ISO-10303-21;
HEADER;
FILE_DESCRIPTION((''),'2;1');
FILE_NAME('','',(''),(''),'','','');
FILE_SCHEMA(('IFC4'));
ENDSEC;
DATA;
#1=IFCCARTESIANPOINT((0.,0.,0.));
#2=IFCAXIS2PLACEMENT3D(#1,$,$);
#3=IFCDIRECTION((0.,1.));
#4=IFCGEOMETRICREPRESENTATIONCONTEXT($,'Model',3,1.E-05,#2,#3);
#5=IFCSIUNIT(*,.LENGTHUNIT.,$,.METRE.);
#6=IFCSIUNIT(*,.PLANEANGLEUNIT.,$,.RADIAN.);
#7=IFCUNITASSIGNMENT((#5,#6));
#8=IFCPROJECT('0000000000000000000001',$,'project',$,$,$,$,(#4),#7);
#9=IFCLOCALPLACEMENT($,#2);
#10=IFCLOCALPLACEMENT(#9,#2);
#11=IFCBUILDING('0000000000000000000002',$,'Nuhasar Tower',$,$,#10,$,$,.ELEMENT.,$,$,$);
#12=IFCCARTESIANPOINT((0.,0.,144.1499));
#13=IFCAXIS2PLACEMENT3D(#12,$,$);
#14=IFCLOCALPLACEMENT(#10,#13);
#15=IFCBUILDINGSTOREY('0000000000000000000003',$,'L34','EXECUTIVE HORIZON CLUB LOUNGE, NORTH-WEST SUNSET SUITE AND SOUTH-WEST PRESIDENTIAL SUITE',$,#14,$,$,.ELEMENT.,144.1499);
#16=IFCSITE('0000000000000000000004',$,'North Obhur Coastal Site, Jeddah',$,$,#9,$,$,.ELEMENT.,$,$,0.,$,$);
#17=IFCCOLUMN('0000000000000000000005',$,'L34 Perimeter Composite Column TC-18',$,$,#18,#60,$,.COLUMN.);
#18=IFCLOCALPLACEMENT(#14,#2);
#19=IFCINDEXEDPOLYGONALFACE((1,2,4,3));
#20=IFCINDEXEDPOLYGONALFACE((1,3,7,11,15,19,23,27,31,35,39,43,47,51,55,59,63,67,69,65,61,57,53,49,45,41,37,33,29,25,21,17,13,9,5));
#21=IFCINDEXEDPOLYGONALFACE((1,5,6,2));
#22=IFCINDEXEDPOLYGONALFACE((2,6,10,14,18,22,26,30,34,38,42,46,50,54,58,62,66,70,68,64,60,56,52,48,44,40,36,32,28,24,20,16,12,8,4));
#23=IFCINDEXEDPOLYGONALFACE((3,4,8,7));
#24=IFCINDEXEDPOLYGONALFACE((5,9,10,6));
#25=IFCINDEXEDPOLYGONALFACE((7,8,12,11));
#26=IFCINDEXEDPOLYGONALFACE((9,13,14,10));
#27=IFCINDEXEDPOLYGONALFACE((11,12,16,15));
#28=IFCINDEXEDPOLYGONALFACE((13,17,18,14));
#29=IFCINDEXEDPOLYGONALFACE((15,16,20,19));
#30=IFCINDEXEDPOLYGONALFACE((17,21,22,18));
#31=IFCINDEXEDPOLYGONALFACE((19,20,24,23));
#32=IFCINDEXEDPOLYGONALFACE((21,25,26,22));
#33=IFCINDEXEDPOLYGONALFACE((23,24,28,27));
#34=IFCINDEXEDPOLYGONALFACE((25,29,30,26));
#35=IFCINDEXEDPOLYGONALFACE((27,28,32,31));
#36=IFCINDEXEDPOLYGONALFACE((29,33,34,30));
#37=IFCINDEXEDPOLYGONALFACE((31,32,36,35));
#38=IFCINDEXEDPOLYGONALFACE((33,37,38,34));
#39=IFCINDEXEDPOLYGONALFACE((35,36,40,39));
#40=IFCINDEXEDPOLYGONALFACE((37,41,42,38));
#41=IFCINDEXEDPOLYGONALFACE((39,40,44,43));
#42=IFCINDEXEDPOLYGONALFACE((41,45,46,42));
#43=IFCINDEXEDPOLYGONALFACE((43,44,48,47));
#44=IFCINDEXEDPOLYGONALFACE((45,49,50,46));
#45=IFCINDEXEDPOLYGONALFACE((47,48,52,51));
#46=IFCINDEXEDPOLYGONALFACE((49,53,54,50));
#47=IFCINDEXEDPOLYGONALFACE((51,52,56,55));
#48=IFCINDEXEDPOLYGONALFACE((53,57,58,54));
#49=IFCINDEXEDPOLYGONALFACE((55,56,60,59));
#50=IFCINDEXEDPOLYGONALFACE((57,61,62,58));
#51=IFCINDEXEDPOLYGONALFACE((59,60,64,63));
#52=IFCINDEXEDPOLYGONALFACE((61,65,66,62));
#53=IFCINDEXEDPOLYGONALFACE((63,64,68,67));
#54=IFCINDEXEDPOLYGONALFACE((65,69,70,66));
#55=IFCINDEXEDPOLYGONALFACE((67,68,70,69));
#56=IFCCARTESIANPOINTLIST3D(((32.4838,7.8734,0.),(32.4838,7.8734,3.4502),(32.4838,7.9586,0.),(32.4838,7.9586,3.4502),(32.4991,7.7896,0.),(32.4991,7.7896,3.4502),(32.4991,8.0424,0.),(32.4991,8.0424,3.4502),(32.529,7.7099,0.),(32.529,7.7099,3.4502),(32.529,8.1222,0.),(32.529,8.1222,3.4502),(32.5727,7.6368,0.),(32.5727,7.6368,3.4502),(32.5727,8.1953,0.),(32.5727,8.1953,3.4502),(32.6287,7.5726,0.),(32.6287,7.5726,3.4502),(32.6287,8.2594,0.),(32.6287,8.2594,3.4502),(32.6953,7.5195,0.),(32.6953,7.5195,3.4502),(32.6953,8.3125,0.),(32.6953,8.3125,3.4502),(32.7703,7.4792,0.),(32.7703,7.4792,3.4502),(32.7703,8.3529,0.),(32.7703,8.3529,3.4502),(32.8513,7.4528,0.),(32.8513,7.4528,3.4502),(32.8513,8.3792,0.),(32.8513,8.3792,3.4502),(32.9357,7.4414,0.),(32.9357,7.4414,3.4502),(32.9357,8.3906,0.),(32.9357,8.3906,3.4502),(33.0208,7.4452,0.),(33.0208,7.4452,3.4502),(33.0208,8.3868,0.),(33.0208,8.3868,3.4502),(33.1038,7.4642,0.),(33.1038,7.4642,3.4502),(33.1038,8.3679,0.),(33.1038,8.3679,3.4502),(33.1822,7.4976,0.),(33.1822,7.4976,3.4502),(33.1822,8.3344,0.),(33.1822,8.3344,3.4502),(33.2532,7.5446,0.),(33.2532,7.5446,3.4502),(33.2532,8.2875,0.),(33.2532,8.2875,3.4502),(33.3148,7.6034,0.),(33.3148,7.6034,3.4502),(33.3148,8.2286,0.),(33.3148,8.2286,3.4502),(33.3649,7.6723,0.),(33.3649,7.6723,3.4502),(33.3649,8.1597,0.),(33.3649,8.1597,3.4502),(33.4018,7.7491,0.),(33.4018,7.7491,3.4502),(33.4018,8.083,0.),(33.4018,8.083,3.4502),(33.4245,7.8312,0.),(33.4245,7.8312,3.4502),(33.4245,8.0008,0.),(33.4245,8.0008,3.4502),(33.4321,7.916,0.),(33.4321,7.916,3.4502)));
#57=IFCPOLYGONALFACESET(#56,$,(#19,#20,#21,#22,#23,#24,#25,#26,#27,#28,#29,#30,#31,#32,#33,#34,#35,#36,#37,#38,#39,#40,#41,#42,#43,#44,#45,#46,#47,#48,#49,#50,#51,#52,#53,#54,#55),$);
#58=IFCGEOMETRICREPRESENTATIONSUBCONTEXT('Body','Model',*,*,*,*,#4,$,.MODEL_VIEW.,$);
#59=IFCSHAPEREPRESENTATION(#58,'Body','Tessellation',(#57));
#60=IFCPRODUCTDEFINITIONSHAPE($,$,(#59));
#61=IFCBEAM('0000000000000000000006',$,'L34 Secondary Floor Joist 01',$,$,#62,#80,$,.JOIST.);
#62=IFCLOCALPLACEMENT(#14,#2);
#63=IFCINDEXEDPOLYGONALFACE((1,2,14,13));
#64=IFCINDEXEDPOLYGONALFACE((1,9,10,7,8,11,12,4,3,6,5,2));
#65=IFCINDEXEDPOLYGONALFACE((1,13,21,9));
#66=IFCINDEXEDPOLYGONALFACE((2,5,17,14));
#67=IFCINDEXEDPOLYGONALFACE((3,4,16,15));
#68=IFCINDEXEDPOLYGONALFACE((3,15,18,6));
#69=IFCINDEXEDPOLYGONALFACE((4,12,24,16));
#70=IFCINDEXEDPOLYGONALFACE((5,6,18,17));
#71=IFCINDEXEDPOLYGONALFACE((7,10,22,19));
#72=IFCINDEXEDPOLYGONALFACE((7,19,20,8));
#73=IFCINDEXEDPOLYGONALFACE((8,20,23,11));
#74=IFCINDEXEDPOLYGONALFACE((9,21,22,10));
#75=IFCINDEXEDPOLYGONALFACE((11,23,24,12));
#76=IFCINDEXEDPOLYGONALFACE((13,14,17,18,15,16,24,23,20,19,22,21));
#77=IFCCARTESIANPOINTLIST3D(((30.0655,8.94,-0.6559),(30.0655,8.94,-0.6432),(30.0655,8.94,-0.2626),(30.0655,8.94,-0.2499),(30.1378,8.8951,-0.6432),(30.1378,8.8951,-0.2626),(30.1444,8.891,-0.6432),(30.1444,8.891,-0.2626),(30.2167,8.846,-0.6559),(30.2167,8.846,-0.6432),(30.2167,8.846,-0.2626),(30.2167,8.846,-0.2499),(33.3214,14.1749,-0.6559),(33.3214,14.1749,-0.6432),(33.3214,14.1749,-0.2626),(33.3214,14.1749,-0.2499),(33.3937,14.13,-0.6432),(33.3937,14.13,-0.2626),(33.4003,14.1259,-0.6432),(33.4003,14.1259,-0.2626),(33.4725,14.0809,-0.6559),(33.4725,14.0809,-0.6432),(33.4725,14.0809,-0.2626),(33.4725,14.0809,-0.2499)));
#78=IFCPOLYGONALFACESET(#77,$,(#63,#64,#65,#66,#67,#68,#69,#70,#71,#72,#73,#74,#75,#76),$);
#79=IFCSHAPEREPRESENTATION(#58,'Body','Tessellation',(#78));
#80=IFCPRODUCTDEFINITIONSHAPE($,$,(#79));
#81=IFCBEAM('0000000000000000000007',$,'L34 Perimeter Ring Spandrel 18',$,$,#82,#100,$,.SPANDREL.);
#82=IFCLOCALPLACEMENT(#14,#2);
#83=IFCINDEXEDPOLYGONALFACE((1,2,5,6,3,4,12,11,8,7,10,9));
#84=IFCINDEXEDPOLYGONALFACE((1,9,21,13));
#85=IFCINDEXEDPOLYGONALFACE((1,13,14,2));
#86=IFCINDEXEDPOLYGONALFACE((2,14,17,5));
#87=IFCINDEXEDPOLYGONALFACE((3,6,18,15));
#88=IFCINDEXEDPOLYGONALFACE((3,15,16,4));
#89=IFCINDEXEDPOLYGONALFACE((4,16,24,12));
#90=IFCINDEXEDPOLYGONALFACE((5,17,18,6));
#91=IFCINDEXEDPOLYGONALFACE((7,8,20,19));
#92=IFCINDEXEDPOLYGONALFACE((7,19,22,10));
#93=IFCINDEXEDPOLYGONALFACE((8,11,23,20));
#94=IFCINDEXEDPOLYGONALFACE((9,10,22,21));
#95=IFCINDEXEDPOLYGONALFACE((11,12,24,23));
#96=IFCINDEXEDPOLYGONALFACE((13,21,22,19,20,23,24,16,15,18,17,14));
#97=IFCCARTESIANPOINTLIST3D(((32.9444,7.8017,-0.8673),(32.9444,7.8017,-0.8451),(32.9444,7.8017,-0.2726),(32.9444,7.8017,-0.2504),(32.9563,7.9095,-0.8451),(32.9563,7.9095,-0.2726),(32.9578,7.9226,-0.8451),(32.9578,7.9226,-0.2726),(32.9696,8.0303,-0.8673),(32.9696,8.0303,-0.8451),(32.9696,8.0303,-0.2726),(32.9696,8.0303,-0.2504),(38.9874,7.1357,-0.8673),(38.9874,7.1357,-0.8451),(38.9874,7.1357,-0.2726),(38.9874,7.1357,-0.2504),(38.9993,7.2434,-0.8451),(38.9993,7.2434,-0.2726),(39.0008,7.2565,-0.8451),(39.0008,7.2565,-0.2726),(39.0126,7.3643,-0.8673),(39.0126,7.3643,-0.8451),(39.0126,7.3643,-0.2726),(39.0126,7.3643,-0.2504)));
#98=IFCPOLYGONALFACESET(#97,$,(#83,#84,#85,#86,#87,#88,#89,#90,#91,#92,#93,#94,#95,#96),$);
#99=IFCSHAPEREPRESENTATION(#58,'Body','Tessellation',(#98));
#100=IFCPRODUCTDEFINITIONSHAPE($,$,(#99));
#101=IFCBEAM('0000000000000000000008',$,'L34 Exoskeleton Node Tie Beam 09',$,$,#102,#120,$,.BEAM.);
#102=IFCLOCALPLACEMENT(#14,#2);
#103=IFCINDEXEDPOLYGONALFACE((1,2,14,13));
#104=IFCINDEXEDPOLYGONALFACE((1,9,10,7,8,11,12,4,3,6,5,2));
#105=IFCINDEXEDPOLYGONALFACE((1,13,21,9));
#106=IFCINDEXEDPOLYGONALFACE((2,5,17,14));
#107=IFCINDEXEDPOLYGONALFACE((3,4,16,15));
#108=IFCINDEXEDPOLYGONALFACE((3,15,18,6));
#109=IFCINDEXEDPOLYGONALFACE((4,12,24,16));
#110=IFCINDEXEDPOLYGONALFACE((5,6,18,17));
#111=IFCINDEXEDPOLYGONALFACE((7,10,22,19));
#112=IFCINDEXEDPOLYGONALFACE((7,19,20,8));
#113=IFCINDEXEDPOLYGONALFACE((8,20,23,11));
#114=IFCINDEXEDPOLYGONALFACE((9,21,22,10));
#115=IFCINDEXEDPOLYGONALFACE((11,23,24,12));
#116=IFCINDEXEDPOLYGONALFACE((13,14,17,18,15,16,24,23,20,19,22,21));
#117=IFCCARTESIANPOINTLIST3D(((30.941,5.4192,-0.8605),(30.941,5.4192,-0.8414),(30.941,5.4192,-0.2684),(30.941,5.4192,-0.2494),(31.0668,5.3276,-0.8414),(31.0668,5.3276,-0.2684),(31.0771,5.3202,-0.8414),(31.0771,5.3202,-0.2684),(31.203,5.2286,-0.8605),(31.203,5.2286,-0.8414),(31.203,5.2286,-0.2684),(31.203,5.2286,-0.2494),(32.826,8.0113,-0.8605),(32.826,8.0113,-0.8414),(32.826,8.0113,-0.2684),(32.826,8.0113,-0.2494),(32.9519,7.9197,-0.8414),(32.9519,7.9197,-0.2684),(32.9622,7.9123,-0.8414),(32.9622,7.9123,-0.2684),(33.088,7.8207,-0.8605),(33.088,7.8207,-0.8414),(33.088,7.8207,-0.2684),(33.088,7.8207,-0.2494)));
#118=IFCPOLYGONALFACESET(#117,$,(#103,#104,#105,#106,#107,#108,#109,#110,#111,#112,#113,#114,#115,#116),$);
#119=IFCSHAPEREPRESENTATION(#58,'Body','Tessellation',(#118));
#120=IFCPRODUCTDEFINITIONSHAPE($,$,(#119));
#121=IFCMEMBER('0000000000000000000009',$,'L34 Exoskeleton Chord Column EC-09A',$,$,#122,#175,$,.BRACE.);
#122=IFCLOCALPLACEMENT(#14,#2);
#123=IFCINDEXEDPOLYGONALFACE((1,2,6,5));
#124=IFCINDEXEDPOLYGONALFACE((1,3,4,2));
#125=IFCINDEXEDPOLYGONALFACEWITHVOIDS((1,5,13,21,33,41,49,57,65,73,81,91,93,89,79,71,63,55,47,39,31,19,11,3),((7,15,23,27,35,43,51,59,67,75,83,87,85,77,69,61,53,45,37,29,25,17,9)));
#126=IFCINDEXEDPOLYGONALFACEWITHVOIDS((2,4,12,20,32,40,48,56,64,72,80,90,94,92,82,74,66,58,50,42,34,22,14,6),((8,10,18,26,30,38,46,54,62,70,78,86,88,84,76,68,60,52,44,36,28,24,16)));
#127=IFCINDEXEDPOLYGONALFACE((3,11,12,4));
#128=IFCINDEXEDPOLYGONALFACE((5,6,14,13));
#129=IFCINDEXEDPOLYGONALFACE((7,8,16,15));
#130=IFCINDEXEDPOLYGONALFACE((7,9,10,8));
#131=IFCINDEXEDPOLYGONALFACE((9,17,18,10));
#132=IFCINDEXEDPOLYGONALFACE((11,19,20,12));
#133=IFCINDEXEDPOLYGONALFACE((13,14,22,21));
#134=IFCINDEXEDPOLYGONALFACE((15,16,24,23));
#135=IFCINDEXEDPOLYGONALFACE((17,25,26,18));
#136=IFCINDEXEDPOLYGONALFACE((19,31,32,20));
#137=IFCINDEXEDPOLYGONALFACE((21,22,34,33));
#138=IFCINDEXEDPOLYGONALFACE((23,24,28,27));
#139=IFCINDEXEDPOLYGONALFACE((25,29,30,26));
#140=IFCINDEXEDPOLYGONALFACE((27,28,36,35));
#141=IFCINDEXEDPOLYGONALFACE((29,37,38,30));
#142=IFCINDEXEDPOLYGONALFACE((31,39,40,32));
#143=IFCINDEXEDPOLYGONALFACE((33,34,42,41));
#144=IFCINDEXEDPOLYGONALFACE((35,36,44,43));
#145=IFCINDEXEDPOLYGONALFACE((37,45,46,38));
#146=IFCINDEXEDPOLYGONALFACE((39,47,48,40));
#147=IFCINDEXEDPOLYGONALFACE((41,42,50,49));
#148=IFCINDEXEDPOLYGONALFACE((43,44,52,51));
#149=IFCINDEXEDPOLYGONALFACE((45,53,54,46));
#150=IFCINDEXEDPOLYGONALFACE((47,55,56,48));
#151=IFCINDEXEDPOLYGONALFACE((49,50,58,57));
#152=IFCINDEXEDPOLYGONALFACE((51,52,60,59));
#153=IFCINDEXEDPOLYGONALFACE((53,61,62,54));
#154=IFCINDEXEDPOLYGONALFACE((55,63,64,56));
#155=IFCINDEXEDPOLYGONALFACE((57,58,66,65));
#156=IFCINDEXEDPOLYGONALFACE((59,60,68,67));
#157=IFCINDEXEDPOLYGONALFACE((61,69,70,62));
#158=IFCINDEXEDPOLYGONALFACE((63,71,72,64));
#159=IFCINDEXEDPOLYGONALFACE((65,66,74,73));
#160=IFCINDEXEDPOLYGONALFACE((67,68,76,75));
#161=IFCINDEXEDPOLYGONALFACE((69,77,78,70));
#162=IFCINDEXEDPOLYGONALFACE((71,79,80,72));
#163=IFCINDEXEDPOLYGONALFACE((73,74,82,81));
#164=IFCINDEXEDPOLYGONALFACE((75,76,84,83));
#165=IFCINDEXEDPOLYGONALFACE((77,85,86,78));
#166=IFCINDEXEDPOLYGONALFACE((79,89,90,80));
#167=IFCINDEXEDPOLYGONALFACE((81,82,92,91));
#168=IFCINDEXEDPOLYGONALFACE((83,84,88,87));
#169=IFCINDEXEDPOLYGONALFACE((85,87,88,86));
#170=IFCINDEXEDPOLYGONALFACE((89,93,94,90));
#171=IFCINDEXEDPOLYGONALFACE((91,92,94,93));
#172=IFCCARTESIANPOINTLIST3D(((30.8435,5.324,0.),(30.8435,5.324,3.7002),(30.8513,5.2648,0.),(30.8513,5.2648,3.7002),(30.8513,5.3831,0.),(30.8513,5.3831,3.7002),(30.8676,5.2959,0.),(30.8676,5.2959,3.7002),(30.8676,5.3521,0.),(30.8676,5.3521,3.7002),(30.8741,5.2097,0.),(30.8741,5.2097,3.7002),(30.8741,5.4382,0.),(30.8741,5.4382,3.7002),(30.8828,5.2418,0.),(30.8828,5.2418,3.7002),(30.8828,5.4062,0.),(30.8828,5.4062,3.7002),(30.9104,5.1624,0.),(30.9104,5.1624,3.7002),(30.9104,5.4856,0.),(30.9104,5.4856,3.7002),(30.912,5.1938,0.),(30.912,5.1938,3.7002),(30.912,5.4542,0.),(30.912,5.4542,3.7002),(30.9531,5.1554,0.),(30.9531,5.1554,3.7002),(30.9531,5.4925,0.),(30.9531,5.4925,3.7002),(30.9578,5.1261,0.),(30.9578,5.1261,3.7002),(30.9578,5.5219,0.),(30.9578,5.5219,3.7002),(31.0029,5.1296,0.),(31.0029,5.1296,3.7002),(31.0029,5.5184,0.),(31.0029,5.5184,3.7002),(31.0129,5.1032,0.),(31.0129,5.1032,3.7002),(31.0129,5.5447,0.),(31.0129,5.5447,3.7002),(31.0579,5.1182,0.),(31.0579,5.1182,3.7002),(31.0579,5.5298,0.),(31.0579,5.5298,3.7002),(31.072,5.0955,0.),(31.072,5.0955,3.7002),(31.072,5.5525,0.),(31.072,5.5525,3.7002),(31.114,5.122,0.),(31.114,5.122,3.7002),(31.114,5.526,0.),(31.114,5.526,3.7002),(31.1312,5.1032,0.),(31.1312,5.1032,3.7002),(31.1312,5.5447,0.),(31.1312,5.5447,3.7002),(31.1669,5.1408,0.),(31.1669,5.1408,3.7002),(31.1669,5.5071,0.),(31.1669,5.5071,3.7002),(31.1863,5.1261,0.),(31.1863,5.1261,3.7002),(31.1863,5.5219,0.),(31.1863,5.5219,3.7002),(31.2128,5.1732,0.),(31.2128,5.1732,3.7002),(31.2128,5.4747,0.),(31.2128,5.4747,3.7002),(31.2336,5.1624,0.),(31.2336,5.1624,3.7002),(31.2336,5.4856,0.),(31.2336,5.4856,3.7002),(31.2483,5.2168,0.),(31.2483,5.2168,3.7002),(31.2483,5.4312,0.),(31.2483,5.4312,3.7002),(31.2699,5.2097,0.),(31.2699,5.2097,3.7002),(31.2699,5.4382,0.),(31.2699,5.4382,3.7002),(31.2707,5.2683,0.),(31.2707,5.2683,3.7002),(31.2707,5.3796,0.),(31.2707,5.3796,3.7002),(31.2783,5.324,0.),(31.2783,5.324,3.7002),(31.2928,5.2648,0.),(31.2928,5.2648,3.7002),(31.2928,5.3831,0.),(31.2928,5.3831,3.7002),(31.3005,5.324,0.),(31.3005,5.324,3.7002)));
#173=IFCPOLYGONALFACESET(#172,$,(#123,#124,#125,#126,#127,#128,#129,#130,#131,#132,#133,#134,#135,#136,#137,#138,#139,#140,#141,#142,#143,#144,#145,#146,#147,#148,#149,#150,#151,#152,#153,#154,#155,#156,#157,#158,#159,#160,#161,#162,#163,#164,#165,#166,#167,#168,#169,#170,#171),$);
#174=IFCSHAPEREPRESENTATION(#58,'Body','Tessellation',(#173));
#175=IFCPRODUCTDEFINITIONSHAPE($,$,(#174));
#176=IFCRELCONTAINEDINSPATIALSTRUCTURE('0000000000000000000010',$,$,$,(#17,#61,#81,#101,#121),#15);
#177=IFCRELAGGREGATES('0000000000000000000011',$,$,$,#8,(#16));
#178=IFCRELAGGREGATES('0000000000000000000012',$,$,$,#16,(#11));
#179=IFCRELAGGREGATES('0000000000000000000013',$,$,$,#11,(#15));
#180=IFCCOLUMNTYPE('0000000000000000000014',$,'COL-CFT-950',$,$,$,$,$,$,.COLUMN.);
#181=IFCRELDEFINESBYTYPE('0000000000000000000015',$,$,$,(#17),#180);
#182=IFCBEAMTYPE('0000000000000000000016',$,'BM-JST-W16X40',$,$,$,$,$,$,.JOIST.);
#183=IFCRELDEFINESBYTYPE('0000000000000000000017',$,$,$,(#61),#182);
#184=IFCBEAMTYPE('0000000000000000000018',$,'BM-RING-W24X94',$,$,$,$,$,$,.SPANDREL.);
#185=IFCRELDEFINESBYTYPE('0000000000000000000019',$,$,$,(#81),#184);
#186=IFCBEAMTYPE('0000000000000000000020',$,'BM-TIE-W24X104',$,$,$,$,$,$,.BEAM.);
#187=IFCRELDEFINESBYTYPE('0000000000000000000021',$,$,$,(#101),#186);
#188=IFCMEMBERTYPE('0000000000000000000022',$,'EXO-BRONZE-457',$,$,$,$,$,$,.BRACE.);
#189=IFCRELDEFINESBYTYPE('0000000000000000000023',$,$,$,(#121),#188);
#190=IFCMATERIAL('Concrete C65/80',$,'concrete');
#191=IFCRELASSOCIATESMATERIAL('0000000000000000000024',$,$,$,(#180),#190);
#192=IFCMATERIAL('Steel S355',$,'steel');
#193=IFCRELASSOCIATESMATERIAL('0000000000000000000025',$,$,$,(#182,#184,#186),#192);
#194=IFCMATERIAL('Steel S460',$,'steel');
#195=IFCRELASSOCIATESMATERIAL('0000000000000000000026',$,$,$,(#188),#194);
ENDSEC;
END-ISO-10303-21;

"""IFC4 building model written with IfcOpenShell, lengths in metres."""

from ifc_helpers import new_model, si_unit, direction, frame, origin, origin_2d, place, context, subcontext, project, spatial, circle, hollow_circle, i_section, extrude, material, material_profile, profile_set, type_object, element, save


model = new_model("IFC4")

# Units and contexts
model_context = context("Model", 3, precision=1e-05, world=origin(), true_north=direction((0.0, 1.0)))
body_context = subcontext(model_context, "Body", "Model", "MODEL_VIEW")
ifc_project = project(units=[si_unit("LENGTHUNIT", "METRE"), si_unit("PLANEANGLEUNIT", "RADIAN")], contexts=[model_context])

# Site, building, storey
site_placement = place(None, origin())
site = spatial("IfcSite", under=ifc_project, at=site_placement, Name="North Obhur Coastal Site, Jeddah", CompositionType="ELEMENT", RefElevation=0.0)
building_placement = place(site_placement, origin())
building = spatial("IfcBuilding", under=site, at=building_placement, Name="Nuhasar Tower", CompositionType="ELEMENT")
storey_placement = place(building_placement, frame((0.0, 0.0, 144.1499)))
storey = spatial("IfcBuildingStorey", under=building, at=storey_placement, Name="L34", Description="EXECUTIVE HORIZON CLUB LOUNGE, NORTH-WEST SUNSET SUITE AND SOUTH-WEST PRESIDENTIAL SUITE", CompositionType="ELEMENT", Elevation=144.1499)

# Column
ifc_material_1 = material(Name="Concrete C65/80", Category="concrete")
ifc_material_profile_1 = material_profile(ifc_material_1, circle(Radius=0.4751, at=origin_2d()), Name="CFT950")
ifc_profile_set_1 = profile_set([ifc_material_profile_1], Name="Concrete C65/80")
column_type = type_object("IfcColumnType", Name="COL-CFT-950", PredefinedType="COLUMN", material=ifc_profile_set_1)
column_placement = place(storey_placement, frame((32.957, 7.916, 0.0), z_axis=(0.0, 0.0, 1.0), x_axis=(1.0, 0.0, 0.0)))
element("IfcColumn", 1, at=column_placement, inside=storey, type_object=column_type, Name="L34 Perimeter Composite Column TC-18", PredefinedType="COLUMN", context=body_context, shape_type="SweptSolid", body=[
    extrude(circle(Radius=0.4751, at=origin_2d()), origin(), (0.0, 0.0, 1.0), 3.4502),
])

# Beams
ifc_material_2 = material(Name="Steel S355", Category="steel")
ifc_material_profile_2 = material_profile(ifc_material_2, i_section(OverallWidth=0.178, OverallDepth=0.406, WebThickness=0.0078, FlangeThickness=0.0127, at=origin_2d()), Name="W16X40")
ifc_profile_set_2 = profile_set([ifc_material_profile_2], Name="Steel S355")
beam_type_1 = type_object("IfcBeamType", Name="BM-JST-W16X40", PredefinedType="JOIST", material=ifc_profile_set_2)
beam_1_placement = place(storey_placement, frame((33.397, 14.1279, -0.4529), z_axis=(-0.528139, -0.849158, 0.0), x_axis=(0.849158, -0.528139, 0.0)))
element("IfcBeam", 2, at=beam_1_placement, inside=storey, type_object=beam_type_1, Name="L34 Secondary Floor Joist 01", PredefinedType="JOIST", context=body_context, shape_type="SweptSolid", body=[
    extrude(i_section(OverallWidth=0.178, OverallDepth=0.406, WebThickness=0.0078, FlangeThickness=0.0127, at=origin_2d()), origin(), (0.0, 0.0, 1.0), 6.1648),
])
ifc_material_profile_3 = material_profile(ifc_material_2, i_section(OverallWidth=0.23, OverallDepth=0.6169, WebThickness=0.0132, FlangeThickness=0.0222, at=origin_2d()), Name="W24X94")
ifc_profile_set_3 = profile_set([ifc_material_profile_3], Name="Steel S355")
beam_type_2 = type_object("IfcBeamType", Name="BM-RING-W24X94", PredefinedType="SPANDREL", material=ifc_profile_set_3)
beam_2_placement = place(storey_placement, frame((32.957, 7.916, -0.5588), z_axis=(0.993981, -0.10955, 0.0), x_axis=(0.10955, 0.993981, 0.0)))
element("IfcBeam", 3, at=beam_2_placement, inside=storey, type_object=beam_type_2, Name="L34 Perimeter Ring Spandrel 18", PredefinedType="SPANDREL", context=body_context, shape_type="SweptSolid", body=[
    extrude(i_section(OverallWidth=0.23, OverallDepth=0.6169, WebThickness=0.0132, FlangeThickness=0.0222, at=origin_2d()), origin(), (0.0, 0.0, 1.0), 6.0796),
])
ifc_material_profile_4 = material_profile(ifc_material_2, i_section(OverallWidth=0.324, OverallDepth=0.6111, WebThickness=0.0127, FlangeThickness=0.019, at=origin_2d()), Name="W24X104")
ifc_profile_set_4 = profile_set([ifc_material_profile_4], Name="Steel S355")
beam_type_3 = type_object("IfcBeamType", Name="BM-TIE-W24X104", PredefinedType="BEAM", material=ifc_profile_set_4)
beam_3_placement = place(storey_placement, frame((32.957, 7.916, -0.5549), z_axis=(-0.588149, -0.808753, 0.0), x_axis=(0.808753, -0.588149, 0.0)))
element("IfcBeam", 4, at=beam_3_placement, inside=storey, type_object=beam_type_3, Name="L34 Exoskeleton Node Tie Beam 09", PredefinedType="BEAM", context=body_context, shape_type="SweptSolid", body=[
    extrude(i_section(OverallWidth=0.324, OverallDepth=0.6111, WebThickness=0.0127, FlangeThickness=0.019, at=origin_2d()), origin(), (0.0, 0.0, 1.0), 3.2051),
])

# Member
ifc_material_3 = material(Name="Steel S460", Category="steel")
ifc_material_profile_5 = material_profile(ifc_material_3, hollow_circle(Radius=0.2285, WallThickness=0.0222, at=origin_2d()), Name="HSS457X22.2")
ifc_profile_set_5 = profile_set([ifc_material_profile_5], Name="Steel S460")
member_type = type_object("IfcMemberType", Name="EXO-BRONZE-457", PredefinedType="BRACE", material=ifc_profile_set_5)
for number, where, z_axis, x_axis, name in (
    (5, (31.072, 5.324, 0.0), (0.0, 0.0, 1.0), (1.0, 0.0, 0.0), "L34 Exoskeleton Chord Column EC-09A"),
):
    element("IfcMember", number, at=place(storey_placement, frame(where, z_axis=z_axis, x_axis=x_axis)), inside=storey, type_object=member_type, Name=name, PredefinedType="BRACE", context=body_context, shape_type="SweptSolid", body=[
        extrude(hollow_circle(Radius=0.2285, WallThickness=0.0222, at=origin_2d()), origin(), (0.0, 0.0, 1.0), 3.7002),
    ])

save(model, "model.ifc")
